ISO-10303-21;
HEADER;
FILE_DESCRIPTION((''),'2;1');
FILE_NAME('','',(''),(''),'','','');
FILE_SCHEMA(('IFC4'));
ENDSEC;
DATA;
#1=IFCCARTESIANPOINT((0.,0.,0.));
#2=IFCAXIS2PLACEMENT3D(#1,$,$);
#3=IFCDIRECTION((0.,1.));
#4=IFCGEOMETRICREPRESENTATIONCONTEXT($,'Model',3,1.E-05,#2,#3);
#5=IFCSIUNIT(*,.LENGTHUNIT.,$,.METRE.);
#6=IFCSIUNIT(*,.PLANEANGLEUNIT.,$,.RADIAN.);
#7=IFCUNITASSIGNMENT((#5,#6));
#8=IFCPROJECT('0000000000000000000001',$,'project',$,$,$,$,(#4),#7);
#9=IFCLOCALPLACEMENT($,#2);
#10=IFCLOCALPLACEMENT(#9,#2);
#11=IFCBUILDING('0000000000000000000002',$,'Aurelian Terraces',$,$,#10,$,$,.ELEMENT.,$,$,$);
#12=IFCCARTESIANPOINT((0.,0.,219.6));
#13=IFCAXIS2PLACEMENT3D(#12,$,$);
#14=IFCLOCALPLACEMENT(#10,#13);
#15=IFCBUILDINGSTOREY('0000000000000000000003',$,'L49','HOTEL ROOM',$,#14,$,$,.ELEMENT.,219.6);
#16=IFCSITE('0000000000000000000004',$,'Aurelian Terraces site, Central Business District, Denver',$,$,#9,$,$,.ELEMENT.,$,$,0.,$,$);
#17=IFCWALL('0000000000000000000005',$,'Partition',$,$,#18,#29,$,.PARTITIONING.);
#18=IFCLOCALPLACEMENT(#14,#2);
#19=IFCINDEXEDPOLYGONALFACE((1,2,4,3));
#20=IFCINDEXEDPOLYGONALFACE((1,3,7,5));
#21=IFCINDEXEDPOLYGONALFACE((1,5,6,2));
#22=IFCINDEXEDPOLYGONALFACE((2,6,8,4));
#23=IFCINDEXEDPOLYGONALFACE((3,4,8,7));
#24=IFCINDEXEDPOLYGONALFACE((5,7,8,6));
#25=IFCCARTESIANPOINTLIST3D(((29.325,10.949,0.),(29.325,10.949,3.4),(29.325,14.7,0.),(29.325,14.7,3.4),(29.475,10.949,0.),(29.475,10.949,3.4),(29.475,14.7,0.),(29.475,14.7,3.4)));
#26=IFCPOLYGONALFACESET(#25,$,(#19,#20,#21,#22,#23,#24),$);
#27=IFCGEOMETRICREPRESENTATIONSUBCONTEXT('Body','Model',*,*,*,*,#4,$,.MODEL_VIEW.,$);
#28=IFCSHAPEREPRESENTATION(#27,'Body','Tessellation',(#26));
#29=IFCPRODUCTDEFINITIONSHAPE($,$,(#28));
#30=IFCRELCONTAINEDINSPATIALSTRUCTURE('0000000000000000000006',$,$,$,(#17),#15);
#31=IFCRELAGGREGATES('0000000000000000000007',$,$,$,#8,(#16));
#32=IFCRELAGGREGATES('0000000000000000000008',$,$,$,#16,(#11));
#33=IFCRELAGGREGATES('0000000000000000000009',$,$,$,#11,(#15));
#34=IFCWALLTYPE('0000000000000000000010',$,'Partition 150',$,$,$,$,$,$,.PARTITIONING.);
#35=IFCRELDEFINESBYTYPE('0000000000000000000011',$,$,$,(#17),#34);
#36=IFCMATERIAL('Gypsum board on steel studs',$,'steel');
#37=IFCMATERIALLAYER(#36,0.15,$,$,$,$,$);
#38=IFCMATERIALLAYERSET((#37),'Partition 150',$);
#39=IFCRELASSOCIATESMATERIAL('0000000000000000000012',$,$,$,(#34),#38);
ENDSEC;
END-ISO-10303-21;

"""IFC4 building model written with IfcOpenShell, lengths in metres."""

from ifc_helpers import new_model, si_unit, direction, frame, frame_2d, origin, place, context, subcontext, project, spatial, rectangle, extrude, source, transform, mapped, material, layer, layer_set, type_object, element, save


model = new_model("IFC4")

# Units and contexts
model_context = context("Model", 3, precision=1e-05, world=origin(), true_north=direction((0.0, 1.0)))
body_context = subcontext(model_context, "Body", "Model", "MODEL_VIEW")
ifc_project = project(units=[si_unit("LENGTHUNIT", "METRE"), si_unit("PLANEANGLEUNIT", "RADIAN")], contexts=[model_context])

# Site, building, storey
site_placement = place(None, origin())
site = spatial("IfcSite", under=ifc_project, at=site_placement, Name="Aurelian Terraces site, Central Business District, Denver", CompositionType="ELEMENT", RefElevation=0.0)
building_placement = place(site_placement, origin())
building = spatial("IfcBuilding", under=site, at=building_placement, Name="Aurelian Terraces", CompositionType="ELEMENT")
storey_placement = place(building_placement, frame((0.0, 0.0, 219.6)))
storey = spatial("IfcBuildingStorey", under=building, at=storey_placement, Name="L49", Description="HOTEL ROOM", CompositionType="ELEMENT", Elevation=219.6)

# Shared definitions
ifc_material_1 = material(Name="Gypsum board on steel studs", Category="steel")

# Shared definitions
ifc_layer_1 = layer(ifc_material_1, 0.15)
ifc_layer_set_1 = layer_set([ifc_layer_1], Name="Partition 150")
wall_type_1 = type_object("IfcWallType", Name="Partition 150", PredefinedType="PARTITIONING", material=ifc_layer_set_1)

# Wall
shared_shape_1 = source(origin(), body_context, "Body", "SweptSolid", [
    extrude(rectangle(XDim=3.751, YDim=0.15, at=frame_2d((1.8755, 0.0))), origin(), (0.0, 0.0, 1.0), 3.4),
])
wall_1_placement = place(storey_placement, frame((29.4, 10.949, 0.0), z_axis=(0.0, 0.0, 1.0), x_axis=(0.0, 1.0, 0.0)))
element("IfcWall", 1, at=wall_1_placement, inside=storey, type_object=wall_type_1, Name="Partition", PredefinedType="PARTITIONING", context=body_context, shape_type="MappedRepresentation", body=[
    mapped(shared_shape_1, transform((0.0, 0.0, 0.0), scale=1.0)),
])

save(model, "model.ifc")
